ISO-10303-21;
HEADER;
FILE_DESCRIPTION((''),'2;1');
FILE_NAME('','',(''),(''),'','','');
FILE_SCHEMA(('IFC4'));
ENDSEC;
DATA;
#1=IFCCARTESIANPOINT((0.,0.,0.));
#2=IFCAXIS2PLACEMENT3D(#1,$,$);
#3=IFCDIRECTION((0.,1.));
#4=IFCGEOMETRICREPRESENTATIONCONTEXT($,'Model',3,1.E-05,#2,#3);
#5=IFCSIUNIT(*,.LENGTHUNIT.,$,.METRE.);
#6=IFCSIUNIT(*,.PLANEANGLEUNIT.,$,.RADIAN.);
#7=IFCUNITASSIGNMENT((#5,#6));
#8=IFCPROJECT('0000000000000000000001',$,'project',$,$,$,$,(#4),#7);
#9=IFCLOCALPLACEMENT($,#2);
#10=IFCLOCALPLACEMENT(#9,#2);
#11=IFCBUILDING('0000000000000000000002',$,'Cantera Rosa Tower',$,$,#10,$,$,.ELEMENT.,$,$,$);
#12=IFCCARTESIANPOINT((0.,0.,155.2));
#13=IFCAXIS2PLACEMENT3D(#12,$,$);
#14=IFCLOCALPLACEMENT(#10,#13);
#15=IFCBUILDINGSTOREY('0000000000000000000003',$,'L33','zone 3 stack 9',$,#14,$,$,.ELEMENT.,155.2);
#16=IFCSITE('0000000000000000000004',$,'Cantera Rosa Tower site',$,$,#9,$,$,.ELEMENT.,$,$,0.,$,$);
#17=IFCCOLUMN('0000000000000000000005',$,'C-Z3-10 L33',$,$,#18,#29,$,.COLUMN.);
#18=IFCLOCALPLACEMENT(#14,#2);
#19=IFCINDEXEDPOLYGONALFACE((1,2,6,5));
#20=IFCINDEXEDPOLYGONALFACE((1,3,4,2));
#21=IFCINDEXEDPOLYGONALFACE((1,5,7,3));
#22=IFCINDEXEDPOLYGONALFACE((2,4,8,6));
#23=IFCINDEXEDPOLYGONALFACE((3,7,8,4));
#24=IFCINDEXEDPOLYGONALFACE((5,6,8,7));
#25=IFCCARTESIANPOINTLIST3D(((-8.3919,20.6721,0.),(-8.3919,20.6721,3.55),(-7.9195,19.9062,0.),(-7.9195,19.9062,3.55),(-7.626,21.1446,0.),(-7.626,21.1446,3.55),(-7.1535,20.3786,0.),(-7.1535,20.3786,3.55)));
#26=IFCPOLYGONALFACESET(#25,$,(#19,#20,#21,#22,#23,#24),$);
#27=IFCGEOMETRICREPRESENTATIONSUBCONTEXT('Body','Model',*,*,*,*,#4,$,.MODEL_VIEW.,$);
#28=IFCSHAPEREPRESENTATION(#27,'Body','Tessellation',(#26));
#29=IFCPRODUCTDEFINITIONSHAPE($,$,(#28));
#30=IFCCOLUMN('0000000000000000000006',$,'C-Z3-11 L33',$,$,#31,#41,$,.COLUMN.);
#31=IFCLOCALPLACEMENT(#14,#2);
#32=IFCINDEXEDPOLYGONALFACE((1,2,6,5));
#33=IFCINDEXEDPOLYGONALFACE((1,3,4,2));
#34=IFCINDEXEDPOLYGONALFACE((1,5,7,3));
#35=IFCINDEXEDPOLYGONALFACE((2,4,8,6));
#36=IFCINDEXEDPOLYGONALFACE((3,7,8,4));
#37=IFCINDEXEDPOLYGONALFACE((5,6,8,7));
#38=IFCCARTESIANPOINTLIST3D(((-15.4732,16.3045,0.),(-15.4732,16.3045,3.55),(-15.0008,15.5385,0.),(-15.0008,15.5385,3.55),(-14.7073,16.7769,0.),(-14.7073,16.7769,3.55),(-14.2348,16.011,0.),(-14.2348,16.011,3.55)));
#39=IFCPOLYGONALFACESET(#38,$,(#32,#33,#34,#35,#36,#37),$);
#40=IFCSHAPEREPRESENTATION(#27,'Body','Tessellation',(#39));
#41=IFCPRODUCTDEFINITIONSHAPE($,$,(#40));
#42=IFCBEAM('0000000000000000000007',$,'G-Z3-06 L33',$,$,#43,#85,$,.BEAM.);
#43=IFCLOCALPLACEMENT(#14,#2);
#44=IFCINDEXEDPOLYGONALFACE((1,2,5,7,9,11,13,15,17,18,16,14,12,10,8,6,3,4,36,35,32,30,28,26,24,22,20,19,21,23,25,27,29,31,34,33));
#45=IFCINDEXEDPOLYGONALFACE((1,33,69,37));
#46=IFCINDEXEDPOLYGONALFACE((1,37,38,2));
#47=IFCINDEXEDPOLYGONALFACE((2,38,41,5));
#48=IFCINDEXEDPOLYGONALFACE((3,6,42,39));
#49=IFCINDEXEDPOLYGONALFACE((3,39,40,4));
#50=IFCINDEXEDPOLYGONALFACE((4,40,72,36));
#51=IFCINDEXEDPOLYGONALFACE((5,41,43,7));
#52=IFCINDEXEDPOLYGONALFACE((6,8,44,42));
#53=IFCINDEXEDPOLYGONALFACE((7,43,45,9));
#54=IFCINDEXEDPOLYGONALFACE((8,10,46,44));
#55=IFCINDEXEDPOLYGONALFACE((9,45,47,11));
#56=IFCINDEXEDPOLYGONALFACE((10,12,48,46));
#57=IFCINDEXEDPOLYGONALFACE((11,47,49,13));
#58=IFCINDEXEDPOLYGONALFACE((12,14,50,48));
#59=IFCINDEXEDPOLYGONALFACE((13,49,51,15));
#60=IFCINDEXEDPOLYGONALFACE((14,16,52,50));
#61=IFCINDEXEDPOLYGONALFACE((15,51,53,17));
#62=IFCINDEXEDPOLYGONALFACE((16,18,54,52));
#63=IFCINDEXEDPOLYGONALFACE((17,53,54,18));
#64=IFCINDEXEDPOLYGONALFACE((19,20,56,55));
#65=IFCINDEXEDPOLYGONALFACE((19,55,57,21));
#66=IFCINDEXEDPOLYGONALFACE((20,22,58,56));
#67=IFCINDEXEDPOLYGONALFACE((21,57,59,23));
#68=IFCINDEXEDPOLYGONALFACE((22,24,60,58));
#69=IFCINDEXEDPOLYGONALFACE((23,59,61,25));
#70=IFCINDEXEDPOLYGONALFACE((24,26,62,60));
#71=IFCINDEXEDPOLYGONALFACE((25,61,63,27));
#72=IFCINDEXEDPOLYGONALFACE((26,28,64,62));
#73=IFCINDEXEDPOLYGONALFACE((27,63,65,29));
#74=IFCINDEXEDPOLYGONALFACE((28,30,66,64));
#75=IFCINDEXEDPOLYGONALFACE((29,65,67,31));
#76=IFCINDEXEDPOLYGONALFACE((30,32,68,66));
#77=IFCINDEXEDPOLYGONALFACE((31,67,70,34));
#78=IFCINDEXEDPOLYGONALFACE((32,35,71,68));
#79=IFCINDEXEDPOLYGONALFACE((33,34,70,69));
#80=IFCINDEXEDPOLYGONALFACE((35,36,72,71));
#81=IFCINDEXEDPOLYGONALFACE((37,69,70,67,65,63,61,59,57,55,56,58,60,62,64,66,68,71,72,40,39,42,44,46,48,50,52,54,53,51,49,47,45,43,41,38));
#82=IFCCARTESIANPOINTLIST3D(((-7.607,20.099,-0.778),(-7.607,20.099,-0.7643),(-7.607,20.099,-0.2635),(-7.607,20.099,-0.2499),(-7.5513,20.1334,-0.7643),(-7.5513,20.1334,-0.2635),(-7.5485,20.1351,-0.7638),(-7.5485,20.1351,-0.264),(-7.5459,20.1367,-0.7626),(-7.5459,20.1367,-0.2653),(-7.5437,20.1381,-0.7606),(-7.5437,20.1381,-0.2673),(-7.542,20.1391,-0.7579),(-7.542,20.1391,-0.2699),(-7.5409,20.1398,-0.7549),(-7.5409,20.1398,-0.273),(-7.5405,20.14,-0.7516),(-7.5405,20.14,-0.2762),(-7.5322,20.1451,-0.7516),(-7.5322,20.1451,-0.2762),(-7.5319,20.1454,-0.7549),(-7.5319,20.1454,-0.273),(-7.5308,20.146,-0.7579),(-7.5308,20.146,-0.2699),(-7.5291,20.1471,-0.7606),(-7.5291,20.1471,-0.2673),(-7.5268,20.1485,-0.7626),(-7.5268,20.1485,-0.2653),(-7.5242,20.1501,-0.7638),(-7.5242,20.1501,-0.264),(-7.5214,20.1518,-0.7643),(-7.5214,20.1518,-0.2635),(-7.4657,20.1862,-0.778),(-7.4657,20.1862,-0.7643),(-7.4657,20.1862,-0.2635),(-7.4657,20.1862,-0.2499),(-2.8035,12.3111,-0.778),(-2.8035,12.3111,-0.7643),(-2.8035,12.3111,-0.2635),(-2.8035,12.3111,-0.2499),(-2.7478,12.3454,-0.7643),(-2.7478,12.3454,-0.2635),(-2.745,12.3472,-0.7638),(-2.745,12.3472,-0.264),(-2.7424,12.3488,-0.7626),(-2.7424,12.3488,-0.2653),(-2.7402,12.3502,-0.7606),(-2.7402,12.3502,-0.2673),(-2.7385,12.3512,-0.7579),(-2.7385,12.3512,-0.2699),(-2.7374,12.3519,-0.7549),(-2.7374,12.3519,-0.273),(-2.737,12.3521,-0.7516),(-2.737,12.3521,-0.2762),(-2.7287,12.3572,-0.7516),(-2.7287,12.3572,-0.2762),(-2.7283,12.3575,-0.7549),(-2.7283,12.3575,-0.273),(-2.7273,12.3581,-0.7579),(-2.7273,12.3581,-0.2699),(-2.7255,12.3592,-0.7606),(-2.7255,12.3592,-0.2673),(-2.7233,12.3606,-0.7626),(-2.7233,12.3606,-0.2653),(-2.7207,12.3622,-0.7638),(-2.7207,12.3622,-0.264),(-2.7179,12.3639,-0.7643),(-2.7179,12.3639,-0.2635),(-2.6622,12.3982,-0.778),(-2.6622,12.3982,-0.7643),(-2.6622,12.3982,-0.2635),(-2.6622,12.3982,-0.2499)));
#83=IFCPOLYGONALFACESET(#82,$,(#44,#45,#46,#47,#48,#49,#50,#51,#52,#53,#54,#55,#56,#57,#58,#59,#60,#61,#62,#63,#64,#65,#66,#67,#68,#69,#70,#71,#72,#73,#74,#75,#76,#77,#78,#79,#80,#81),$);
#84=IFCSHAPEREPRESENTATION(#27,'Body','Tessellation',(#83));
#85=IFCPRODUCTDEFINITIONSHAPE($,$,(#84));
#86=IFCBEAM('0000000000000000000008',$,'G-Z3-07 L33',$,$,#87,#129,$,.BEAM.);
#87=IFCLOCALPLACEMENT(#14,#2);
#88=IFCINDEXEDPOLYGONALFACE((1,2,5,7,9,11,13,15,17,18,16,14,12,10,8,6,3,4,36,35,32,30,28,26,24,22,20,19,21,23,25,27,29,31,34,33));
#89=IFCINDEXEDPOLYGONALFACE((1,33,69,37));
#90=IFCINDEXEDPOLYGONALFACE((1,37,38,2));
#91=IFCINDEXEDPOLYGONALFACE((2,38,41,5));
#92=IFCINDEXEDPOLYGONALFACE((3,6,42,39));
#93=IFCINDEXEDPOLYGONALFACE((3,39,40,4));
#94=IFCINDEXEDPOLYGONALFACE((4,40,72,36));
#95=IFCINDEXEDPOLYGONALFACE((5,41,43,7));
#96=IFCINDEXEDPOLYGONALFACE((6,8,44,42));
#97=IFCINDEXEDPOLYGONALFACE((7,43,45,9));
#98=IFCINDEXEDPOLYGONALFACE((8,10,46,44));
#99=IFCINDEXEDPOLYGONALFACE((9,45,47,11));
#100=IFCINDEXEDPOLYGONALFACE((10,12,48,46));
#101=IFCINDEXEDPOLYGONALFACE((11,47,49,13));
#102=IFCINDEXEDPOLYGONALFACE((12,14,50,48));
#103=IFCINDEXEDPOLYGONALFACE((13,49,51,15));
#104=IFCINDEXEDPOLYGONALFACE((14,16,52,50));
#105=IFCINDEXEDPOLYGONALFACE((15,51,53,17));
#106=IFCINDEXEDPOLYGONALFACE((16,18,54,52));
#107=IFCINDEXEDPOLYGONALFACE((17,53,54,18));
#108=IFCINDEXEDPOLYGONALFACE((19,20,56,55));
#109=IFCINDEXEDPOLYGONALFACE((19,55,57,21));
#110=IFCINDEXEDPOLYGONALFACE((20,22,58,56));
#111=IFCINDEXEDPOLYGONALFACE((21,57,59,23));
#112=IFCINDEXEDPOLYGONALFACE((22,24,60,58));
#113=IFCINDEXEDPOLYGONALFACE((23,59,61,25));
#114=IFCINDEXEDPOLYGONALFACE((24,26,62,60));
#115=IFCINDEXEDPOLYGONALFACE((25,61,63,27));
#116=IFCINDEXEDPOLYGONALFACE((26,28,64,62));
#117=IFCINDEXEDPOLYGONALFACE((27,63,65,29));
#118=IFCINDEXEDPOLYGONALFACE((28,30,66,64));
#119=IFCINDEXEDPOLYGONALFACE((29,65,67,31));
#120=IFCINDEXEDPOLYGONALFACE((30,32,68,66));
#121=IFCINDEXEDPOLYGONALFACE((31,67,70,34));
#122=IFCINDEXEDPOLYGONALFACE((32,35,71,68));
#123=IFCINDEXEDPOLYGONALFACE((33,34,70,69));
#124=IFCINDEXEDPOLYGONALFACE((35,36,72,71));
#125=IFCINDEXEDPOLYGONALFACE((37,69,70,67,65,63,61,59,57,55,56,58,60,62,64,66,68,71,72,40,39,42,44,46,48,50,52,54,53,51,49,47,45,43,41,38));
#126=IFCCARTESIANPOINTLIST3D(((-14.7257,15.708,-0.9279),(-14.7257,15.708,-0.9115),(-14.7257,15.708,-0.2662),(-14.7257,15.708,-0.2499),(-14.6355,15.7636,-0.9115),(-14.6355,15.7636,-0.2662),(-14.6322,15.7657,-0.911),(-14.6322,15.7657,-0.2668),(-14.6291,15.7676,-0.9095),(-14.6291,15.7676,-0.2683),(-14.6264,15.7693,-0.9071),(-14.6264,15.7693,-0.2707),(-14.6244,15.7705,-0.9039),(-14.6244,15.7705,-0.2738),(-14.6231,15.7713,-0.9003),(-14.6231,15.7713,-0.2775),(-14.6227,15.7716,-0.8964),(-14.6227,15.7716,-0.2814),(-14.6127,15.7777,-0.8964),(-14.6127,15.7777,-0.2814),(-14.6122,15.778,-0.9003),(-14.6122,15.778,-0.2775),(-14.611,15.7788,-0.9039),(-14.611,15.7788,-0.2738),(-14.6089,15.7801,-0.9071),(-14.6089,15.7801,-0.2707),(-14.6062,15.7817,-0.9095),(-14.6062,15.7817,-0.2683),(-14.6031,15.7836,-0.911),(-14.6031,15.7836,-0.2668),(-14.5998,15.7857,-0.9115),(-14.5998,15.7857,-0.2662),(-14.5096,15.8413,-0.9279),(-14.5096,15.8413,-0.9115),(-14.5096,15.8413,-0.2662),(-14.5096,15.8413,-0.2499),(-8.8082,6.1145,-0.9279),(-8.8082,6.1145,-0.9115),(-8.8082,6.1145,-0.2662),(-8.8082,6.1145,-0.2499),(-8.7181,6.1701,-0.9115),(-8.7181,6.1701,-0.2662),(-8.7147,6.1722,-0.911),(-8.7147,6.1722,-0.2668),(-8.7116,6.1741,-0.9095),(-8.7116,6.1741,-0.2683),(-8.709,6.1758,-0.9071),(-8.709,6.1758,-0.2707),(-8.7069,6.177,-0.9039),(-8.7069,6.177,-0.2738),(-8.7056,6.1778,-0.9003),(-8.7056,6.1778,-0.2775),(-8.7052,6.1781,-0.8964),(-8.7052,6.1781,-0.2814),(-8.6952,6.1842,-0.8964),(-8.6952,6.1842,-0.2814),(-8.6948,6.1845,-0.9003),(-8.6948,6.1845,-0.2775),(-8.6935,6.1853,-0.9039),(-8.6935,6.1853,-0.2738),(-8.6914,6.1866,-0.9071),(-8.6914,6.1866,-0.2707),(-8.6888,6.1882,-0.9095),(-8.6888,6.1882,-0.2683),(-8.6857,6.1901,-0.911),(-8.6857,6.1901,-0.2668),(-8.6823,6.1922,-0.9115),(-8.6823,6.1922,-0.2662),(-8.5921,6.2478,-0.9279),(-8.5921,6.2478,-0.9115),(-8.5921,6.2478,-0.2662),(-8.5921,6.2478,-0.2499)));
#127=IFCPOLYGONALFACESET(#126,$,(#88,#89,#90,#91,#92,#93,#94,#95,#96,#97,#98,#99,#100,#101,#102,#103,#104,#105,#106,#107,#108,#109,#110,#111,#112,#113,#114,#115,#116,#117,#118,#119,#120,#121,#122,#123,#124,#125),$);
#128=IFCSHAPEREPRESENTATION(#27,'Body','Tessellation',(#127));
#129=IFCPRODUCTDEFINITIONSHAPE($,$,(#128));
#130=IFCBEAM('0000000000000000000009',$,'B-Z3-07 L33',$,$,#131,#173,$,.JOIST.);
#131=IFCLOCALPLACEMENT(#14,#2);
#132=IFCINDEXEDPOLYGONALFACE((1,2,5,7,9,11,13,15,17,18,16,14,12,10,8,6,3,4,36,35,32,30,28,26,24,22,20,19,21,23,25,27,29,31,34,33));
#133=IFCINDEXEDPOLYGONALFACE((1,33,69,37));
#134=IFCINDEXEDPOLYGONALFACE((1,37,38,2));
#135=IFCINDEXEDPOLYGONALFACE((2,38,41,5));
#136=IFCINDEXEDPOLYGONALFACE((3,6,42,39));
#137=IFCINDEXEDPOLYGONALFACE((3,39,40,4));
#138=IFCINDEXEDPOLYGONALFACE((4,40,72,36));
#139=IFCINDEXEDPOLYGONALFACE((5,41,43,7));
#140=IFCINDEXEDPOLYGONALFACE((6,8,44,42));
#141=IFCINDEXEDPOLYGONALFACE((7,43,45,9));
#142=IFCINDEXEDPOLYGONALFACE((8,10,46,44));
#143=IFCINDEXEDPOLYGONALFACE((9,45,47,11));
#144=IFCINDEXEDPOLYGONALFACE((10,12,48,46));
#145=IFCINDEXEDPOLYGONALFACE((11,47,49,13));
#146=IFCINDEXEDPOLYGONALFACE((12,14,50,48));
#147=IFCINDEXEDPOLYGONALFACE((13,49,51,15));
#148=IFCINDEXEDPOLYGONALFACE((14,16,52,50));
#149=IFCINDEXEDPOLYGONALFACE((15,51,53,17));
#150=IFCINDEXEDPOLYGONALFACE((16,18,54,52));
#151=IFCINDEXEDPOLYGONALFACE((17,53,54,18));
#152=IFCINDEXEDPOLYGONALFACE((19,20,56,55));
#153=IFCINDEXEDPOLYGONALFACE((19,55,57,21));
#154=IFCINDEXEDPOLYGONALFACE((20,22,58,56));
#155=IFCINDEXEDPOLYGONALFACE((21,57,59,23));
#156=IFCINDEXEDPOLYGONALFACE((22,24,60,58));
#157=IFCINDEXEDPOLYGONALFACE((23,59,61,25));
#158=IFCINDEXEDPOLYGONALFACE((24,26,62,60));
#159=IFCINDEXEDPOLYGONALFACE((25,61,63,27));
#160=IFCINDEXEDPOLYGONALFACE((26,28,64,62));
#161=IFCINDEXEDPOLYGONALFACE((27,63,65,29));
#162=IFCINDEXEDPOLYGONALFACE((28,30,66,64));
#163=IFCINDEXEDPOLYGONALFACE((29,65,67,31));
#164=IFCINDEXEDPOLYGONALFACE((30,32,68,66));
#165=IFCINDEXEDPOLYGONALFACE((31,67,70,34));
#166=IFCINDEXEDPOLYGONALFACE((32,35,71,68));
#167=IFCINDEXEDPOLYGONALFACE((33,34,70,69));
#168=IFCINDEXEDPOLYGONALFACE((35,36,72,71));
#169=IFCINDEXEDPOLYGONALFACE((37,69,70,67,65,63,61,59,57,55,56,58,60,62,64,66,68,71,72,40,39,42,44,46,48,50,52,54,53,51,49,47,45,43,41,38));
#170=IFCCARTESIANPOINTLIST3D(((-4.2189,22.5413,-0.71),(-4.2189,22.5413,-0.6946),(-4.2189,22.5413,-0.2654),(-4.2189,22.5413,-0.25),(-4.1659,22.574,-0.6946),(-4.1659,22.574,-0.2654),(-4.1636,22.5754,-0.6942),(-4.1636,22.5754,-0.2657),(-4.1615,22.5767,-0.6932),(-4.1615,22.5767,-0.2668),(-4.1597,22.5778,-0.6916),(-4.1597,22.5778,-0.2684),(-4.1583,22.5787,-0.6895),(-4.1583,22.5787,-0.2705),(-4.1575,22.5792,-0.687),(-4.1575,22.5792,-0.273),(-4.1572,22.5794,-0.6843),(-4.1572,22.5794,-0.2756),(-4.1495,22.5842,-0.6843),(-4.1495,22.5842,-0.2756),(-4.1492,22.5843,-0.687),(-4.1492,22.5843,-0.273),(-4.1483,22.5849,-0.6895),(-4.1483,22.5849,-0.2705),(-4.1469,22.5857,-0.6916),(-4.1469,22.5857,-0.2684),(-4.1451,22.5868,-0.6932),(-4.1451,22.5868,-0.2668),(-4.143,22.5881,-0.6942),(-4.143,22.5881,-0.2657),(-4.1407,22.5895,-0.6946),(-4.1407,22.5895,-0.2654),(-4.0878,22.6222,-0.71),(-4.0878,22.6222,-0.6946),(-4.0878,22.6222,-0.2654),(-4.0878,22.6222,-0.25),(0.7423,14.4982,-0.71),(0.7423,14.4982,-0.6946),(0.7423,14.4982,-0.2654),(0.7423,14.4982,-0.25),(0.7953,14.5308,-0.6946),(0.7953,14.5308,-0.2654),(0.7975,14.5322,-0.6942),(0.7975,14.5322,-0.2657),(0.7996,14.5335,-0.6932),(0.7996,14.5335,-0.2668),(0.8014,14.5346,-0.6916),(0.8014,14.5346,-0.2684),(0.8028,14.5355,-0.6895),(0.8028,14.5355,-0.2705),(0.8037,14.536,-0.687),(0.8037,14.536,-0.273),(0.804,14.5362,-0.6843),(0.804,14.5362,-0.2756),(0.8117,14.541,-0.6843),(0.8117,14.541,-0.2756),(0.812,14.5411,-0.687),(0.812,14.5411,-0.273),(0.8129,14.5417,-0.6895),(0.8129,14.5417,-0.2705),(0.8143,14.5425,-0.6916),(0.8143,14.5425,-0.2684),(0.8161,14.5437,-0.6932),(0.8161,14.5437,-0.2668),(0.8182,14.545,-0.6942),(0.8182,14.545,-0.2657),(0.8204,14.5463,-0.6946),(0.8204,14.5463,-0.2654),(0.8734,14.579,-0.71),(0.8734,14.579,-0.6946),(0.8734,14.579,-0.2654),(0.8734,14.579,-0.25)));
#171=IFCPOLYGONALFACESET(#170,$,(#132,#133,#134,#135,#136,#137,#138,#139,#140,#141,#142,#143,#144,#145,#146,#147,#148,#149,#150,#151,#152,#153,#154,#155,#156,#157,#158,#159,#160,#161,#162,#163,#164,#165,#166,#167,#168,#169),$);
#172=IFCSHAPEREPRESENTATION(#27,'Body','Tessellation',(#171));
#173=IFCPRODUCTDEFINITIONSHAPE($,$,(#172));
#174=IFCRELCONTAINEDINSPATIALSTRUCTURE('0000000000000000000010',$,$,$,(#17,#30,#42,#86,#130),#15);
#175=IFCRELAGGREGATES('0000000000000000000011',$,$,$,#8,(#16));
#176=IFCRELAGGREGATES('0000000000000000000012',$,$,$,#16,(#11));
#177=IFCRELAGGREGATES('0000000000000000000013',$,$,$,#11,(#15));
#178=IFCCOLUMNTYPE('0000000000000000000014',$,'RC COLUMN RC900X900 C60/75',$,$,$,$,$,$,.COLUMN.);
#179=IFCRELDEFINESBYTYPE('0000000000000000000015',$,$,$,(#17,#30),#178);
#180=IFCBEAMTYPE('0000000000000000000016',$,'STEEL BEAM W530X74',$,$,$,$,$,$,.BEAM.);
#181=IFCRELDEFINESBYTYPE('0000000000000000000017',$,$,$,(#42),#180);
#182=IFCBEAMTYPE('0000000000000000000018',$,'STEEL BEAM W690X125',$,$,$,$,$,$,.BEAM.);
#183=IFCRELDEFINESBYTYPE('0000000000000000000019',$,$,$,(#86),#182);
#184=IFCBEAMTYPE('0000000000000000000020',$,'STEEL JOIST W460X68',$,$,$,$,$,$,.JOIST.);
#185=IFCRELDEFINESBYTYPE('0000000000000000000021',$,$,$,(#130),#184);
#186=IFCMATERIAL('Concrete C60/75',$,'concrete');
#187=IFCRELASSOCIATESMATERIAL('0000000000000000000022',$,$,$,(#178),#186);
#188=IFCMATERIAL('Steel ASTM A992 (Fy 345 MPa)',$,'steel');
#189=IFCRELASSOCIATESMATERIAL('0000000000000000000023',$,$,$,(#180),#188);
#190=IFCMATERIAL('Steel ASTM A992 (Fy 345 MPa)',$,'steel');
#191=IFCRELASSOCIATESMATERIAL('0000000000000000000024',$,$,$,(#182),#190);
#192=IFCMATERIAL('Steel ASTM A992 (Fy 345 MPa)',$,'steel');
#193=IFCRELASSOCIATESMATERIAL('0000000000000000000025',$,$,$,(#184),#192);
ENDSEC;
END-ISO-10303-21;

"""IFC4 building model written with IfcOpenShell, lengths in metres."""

from ifc_helpers import new_model, si_unit, direction, frame, origin, origin_2d, place, context, subcontext, project, spatial, rectangle, i_section, extrude, material, material_profile, profile_set, type_object, element, save


model = new_model("IFC4")

# Units and contexts
model_context = context("Model", 3, precision=1e-05, world=origin(), true_north=direction((0.0, 1.0)))
body_context = subcontext(model_context, "Body", "Model", "MODEL_VIEW")
ifc_project = project(units=[si_unit("LENGTHUNIT", "METRE"), si_unit("PLANEANGLEUNIT", "RADIAN")], contexts=[model_context])

# Site, building, storey
site_placement = place(None, origin())
site = spatial("IfcSite", under=ifc_project, at=site_placement, Name="Cantera Rosa Tower site", CompositionType="ELEMENT", RefElevation=0.0)
building_placement = place(site_placement, origin())
building = spatial("IfcBuilding", under=site, at=building_placement, Name="Cantera Rosa Tower", CompositionType="ELEMENT")
storey_placement = place(building_placement, frame((0.0, 0.0, 155.2)))
storey = spatial("IfcBuildingStorey", under=building, at=storey_placement, Name="L33", Description="zone 3 stack 9", CompositionType="ELEMENT", Elevation=155.2)

# Columns
ifc_material_1 = material(Name="Concrete C60/75", Category="concrete")
ifc_material_profile_1 = material_profile(ifc_material_1, rectangle(XDim=0.8999, YDim=0.8999, at=origin_2d()), Name="RC COLUMN RC900X900 C60/75")
ifc_profile_set_1 = profile_set([ifc_material_profile_1], Name="Concrete C60/75")
column_type = type_object("IfcColumnType", Name="RC COLUMN RC900X900 C60/75", PredefinedType="COLUMN", material=ifc_profile_set_1)
for number, where, z_axis, x_axis, name in (
    (1, (-7.7727, 20.5254, 0.0), (0.0, 0.0, 1.0), (0.851117, 0.524977, 0.0), "C-Z3-10 L33"),
    (2, (-14.854, 16.1577, 0.0), (0.0, 0.0, 1.0), (0.851117, 0.524977, 0.0), "C-Z3-11 L33"),
):
    element("IfcColumn", number, at=place(storey_placement, frame(where, z_axis=z_axis, x_axis=x_axis)), inside=storey, type_object=column_type, Name=name, PredefinedType="COLUMN", context=body_context, shape_type="SweptSolid", body=[
        extrude(rectangle(XDim=0.8999, YDim=0.8999, at=origin_2d()), origin(), (0.0, 0.0, 1.0), 3.55),
    ])

# Beams
ifc_material_2 = material(Name="Steel ASTM A992 (Fy 345 MPa)", Category="steel")
ifc_material_profile_2 = material_profile(ifc_material_2, i_section(OverallWidth=0.166, OverallDepth=0.5281, WebThickness=0.0098, FlangeThickness=0.0137, FilletRadius=0.0127, at=origin_2d()), Name="W530X74")
ifc_profile_set_2 = profile_set([ifc_material_profile_2], Name="Steel ASTM A992 (Fy 345 MPa)")
beam_type_1 = type_object("IfcBeamType", Name="STEEL BEAM W530X74", PredefinedType="BEAM", material=ifc_profile_set_2)
beam_1_placement = place(storey_placement, frame((-7.5364, 20.1426, -0.5139), z_axis=(0.524965, -0.851124, 0.0), x_axis=(0.851124, 0.524965, 0.0)))
element("IfcBeam", 3, at=beam_1_placement, inside=storey, type_object=beam_type_1, Name="G-Z3-06 L33", PredefinedType="BEAM", context=body_context, shape_type="SweptSolid", body=[
    extrude(i_section(OverallWidth=0.166, OverallDepth=0.5281, WebThickness=0.0098, FlangeThickness=0.0137, FilletRadius=0.0127, at=origin_2d()), origin(), (0.0, 0.0, 1.0), 9.1501),
])
ifc_material_3 = material(Name="Steel ASTM A992 (Fy 345 MPa)", Category="steel")
ifc_material_profile_3 = material_profile(ifc_material_3, i_section(OverallWidth=0.2539, OverallDepth=0.678, WebThickness=0.0117, FlangeThickness=0.0164, FilletRadius=0.0151, at=origin_2d()), Name="W690X125")
ifc_profile_set_3 = profile_set([ifc_material_profile_3], Name="Steel ASTM A992 (Fy 345 MPa)")
beam_type_2 = type_object("IfcBeamType", Name="STEEL BEAM W690X125", PredefinedType="BEAM", material=ifc_profile_set_3)
beam_2_placement = place(storey_placement, frame((-14.6177, 15.7747, -0.5889), z_axis=(0.524984, -0.851112, 0.0), x_axis=(0.851112, 0.524984, 0.0)))
element("IfcBeam", 4, at=beam_2_placement, inside=storey, type_object=beam_type_2, Name="G-Z3-07 L33", PredefinedType="BEAM", context=body_context, shape_type="SweptSolid", body=[
    extrude(i_section(OverallWidth=0.2539, OverallDepth=0.678, WebThickness=0.0117, FlangeThickness=0.0164, FilletRadius=0.0151, at=origin_2d()), origin(), (0.0, 0.0, 1.0), 11.2717),
])
ifc_material_4 = material(Name="Steel ASTM A992 (Fy 345 MPa)", Category="steel")
ifc_material_profile_4 = material_profile(ifc_material_4, i_section(OverallWidth=0.1541, OverallDepth=0.46, WebThickness=0.009, FlangeThickness=0.0154, FilletRadius=0.0103, at=origin_2d()), Name="W460X68")
ifc_profile_set_4 = profile_set([ifc_material_profile_4], Name="Steel ASTM A992 (Fy 345 MPa)")
beam_type_3 = type_object("IfcBeamType", Name="STEEL JOIST W460X68", PredefinedType="JOIST", material=ifc_profile_set_4)
beam_3_placement = place(storey_placement, frame((-4.1533, 22.5818, -0.48), z_axis=(0.524981, -0.851114, 0.0), x_axis=(0.851114, 0.524981, 0.0)))
element("IfcBeam", 5, at=beam_3_placement, inside=storey, type_object=beam_type_3, Name="B-Z3-07 L33", PredefinedType="JOIST", context=body_context, shape_type="SweptSolid", body=[
    extrude(i_section(OverallWidth=0.1541, OverallDepth=0.46, WebThickness=0.009, FlangeThickness=0.0154, FilletRadius=0.0103, at=origin_2d()), origin(), (0.0, 0.0, 1.0), 9.4502),
])

save(model, "model.ifc")
